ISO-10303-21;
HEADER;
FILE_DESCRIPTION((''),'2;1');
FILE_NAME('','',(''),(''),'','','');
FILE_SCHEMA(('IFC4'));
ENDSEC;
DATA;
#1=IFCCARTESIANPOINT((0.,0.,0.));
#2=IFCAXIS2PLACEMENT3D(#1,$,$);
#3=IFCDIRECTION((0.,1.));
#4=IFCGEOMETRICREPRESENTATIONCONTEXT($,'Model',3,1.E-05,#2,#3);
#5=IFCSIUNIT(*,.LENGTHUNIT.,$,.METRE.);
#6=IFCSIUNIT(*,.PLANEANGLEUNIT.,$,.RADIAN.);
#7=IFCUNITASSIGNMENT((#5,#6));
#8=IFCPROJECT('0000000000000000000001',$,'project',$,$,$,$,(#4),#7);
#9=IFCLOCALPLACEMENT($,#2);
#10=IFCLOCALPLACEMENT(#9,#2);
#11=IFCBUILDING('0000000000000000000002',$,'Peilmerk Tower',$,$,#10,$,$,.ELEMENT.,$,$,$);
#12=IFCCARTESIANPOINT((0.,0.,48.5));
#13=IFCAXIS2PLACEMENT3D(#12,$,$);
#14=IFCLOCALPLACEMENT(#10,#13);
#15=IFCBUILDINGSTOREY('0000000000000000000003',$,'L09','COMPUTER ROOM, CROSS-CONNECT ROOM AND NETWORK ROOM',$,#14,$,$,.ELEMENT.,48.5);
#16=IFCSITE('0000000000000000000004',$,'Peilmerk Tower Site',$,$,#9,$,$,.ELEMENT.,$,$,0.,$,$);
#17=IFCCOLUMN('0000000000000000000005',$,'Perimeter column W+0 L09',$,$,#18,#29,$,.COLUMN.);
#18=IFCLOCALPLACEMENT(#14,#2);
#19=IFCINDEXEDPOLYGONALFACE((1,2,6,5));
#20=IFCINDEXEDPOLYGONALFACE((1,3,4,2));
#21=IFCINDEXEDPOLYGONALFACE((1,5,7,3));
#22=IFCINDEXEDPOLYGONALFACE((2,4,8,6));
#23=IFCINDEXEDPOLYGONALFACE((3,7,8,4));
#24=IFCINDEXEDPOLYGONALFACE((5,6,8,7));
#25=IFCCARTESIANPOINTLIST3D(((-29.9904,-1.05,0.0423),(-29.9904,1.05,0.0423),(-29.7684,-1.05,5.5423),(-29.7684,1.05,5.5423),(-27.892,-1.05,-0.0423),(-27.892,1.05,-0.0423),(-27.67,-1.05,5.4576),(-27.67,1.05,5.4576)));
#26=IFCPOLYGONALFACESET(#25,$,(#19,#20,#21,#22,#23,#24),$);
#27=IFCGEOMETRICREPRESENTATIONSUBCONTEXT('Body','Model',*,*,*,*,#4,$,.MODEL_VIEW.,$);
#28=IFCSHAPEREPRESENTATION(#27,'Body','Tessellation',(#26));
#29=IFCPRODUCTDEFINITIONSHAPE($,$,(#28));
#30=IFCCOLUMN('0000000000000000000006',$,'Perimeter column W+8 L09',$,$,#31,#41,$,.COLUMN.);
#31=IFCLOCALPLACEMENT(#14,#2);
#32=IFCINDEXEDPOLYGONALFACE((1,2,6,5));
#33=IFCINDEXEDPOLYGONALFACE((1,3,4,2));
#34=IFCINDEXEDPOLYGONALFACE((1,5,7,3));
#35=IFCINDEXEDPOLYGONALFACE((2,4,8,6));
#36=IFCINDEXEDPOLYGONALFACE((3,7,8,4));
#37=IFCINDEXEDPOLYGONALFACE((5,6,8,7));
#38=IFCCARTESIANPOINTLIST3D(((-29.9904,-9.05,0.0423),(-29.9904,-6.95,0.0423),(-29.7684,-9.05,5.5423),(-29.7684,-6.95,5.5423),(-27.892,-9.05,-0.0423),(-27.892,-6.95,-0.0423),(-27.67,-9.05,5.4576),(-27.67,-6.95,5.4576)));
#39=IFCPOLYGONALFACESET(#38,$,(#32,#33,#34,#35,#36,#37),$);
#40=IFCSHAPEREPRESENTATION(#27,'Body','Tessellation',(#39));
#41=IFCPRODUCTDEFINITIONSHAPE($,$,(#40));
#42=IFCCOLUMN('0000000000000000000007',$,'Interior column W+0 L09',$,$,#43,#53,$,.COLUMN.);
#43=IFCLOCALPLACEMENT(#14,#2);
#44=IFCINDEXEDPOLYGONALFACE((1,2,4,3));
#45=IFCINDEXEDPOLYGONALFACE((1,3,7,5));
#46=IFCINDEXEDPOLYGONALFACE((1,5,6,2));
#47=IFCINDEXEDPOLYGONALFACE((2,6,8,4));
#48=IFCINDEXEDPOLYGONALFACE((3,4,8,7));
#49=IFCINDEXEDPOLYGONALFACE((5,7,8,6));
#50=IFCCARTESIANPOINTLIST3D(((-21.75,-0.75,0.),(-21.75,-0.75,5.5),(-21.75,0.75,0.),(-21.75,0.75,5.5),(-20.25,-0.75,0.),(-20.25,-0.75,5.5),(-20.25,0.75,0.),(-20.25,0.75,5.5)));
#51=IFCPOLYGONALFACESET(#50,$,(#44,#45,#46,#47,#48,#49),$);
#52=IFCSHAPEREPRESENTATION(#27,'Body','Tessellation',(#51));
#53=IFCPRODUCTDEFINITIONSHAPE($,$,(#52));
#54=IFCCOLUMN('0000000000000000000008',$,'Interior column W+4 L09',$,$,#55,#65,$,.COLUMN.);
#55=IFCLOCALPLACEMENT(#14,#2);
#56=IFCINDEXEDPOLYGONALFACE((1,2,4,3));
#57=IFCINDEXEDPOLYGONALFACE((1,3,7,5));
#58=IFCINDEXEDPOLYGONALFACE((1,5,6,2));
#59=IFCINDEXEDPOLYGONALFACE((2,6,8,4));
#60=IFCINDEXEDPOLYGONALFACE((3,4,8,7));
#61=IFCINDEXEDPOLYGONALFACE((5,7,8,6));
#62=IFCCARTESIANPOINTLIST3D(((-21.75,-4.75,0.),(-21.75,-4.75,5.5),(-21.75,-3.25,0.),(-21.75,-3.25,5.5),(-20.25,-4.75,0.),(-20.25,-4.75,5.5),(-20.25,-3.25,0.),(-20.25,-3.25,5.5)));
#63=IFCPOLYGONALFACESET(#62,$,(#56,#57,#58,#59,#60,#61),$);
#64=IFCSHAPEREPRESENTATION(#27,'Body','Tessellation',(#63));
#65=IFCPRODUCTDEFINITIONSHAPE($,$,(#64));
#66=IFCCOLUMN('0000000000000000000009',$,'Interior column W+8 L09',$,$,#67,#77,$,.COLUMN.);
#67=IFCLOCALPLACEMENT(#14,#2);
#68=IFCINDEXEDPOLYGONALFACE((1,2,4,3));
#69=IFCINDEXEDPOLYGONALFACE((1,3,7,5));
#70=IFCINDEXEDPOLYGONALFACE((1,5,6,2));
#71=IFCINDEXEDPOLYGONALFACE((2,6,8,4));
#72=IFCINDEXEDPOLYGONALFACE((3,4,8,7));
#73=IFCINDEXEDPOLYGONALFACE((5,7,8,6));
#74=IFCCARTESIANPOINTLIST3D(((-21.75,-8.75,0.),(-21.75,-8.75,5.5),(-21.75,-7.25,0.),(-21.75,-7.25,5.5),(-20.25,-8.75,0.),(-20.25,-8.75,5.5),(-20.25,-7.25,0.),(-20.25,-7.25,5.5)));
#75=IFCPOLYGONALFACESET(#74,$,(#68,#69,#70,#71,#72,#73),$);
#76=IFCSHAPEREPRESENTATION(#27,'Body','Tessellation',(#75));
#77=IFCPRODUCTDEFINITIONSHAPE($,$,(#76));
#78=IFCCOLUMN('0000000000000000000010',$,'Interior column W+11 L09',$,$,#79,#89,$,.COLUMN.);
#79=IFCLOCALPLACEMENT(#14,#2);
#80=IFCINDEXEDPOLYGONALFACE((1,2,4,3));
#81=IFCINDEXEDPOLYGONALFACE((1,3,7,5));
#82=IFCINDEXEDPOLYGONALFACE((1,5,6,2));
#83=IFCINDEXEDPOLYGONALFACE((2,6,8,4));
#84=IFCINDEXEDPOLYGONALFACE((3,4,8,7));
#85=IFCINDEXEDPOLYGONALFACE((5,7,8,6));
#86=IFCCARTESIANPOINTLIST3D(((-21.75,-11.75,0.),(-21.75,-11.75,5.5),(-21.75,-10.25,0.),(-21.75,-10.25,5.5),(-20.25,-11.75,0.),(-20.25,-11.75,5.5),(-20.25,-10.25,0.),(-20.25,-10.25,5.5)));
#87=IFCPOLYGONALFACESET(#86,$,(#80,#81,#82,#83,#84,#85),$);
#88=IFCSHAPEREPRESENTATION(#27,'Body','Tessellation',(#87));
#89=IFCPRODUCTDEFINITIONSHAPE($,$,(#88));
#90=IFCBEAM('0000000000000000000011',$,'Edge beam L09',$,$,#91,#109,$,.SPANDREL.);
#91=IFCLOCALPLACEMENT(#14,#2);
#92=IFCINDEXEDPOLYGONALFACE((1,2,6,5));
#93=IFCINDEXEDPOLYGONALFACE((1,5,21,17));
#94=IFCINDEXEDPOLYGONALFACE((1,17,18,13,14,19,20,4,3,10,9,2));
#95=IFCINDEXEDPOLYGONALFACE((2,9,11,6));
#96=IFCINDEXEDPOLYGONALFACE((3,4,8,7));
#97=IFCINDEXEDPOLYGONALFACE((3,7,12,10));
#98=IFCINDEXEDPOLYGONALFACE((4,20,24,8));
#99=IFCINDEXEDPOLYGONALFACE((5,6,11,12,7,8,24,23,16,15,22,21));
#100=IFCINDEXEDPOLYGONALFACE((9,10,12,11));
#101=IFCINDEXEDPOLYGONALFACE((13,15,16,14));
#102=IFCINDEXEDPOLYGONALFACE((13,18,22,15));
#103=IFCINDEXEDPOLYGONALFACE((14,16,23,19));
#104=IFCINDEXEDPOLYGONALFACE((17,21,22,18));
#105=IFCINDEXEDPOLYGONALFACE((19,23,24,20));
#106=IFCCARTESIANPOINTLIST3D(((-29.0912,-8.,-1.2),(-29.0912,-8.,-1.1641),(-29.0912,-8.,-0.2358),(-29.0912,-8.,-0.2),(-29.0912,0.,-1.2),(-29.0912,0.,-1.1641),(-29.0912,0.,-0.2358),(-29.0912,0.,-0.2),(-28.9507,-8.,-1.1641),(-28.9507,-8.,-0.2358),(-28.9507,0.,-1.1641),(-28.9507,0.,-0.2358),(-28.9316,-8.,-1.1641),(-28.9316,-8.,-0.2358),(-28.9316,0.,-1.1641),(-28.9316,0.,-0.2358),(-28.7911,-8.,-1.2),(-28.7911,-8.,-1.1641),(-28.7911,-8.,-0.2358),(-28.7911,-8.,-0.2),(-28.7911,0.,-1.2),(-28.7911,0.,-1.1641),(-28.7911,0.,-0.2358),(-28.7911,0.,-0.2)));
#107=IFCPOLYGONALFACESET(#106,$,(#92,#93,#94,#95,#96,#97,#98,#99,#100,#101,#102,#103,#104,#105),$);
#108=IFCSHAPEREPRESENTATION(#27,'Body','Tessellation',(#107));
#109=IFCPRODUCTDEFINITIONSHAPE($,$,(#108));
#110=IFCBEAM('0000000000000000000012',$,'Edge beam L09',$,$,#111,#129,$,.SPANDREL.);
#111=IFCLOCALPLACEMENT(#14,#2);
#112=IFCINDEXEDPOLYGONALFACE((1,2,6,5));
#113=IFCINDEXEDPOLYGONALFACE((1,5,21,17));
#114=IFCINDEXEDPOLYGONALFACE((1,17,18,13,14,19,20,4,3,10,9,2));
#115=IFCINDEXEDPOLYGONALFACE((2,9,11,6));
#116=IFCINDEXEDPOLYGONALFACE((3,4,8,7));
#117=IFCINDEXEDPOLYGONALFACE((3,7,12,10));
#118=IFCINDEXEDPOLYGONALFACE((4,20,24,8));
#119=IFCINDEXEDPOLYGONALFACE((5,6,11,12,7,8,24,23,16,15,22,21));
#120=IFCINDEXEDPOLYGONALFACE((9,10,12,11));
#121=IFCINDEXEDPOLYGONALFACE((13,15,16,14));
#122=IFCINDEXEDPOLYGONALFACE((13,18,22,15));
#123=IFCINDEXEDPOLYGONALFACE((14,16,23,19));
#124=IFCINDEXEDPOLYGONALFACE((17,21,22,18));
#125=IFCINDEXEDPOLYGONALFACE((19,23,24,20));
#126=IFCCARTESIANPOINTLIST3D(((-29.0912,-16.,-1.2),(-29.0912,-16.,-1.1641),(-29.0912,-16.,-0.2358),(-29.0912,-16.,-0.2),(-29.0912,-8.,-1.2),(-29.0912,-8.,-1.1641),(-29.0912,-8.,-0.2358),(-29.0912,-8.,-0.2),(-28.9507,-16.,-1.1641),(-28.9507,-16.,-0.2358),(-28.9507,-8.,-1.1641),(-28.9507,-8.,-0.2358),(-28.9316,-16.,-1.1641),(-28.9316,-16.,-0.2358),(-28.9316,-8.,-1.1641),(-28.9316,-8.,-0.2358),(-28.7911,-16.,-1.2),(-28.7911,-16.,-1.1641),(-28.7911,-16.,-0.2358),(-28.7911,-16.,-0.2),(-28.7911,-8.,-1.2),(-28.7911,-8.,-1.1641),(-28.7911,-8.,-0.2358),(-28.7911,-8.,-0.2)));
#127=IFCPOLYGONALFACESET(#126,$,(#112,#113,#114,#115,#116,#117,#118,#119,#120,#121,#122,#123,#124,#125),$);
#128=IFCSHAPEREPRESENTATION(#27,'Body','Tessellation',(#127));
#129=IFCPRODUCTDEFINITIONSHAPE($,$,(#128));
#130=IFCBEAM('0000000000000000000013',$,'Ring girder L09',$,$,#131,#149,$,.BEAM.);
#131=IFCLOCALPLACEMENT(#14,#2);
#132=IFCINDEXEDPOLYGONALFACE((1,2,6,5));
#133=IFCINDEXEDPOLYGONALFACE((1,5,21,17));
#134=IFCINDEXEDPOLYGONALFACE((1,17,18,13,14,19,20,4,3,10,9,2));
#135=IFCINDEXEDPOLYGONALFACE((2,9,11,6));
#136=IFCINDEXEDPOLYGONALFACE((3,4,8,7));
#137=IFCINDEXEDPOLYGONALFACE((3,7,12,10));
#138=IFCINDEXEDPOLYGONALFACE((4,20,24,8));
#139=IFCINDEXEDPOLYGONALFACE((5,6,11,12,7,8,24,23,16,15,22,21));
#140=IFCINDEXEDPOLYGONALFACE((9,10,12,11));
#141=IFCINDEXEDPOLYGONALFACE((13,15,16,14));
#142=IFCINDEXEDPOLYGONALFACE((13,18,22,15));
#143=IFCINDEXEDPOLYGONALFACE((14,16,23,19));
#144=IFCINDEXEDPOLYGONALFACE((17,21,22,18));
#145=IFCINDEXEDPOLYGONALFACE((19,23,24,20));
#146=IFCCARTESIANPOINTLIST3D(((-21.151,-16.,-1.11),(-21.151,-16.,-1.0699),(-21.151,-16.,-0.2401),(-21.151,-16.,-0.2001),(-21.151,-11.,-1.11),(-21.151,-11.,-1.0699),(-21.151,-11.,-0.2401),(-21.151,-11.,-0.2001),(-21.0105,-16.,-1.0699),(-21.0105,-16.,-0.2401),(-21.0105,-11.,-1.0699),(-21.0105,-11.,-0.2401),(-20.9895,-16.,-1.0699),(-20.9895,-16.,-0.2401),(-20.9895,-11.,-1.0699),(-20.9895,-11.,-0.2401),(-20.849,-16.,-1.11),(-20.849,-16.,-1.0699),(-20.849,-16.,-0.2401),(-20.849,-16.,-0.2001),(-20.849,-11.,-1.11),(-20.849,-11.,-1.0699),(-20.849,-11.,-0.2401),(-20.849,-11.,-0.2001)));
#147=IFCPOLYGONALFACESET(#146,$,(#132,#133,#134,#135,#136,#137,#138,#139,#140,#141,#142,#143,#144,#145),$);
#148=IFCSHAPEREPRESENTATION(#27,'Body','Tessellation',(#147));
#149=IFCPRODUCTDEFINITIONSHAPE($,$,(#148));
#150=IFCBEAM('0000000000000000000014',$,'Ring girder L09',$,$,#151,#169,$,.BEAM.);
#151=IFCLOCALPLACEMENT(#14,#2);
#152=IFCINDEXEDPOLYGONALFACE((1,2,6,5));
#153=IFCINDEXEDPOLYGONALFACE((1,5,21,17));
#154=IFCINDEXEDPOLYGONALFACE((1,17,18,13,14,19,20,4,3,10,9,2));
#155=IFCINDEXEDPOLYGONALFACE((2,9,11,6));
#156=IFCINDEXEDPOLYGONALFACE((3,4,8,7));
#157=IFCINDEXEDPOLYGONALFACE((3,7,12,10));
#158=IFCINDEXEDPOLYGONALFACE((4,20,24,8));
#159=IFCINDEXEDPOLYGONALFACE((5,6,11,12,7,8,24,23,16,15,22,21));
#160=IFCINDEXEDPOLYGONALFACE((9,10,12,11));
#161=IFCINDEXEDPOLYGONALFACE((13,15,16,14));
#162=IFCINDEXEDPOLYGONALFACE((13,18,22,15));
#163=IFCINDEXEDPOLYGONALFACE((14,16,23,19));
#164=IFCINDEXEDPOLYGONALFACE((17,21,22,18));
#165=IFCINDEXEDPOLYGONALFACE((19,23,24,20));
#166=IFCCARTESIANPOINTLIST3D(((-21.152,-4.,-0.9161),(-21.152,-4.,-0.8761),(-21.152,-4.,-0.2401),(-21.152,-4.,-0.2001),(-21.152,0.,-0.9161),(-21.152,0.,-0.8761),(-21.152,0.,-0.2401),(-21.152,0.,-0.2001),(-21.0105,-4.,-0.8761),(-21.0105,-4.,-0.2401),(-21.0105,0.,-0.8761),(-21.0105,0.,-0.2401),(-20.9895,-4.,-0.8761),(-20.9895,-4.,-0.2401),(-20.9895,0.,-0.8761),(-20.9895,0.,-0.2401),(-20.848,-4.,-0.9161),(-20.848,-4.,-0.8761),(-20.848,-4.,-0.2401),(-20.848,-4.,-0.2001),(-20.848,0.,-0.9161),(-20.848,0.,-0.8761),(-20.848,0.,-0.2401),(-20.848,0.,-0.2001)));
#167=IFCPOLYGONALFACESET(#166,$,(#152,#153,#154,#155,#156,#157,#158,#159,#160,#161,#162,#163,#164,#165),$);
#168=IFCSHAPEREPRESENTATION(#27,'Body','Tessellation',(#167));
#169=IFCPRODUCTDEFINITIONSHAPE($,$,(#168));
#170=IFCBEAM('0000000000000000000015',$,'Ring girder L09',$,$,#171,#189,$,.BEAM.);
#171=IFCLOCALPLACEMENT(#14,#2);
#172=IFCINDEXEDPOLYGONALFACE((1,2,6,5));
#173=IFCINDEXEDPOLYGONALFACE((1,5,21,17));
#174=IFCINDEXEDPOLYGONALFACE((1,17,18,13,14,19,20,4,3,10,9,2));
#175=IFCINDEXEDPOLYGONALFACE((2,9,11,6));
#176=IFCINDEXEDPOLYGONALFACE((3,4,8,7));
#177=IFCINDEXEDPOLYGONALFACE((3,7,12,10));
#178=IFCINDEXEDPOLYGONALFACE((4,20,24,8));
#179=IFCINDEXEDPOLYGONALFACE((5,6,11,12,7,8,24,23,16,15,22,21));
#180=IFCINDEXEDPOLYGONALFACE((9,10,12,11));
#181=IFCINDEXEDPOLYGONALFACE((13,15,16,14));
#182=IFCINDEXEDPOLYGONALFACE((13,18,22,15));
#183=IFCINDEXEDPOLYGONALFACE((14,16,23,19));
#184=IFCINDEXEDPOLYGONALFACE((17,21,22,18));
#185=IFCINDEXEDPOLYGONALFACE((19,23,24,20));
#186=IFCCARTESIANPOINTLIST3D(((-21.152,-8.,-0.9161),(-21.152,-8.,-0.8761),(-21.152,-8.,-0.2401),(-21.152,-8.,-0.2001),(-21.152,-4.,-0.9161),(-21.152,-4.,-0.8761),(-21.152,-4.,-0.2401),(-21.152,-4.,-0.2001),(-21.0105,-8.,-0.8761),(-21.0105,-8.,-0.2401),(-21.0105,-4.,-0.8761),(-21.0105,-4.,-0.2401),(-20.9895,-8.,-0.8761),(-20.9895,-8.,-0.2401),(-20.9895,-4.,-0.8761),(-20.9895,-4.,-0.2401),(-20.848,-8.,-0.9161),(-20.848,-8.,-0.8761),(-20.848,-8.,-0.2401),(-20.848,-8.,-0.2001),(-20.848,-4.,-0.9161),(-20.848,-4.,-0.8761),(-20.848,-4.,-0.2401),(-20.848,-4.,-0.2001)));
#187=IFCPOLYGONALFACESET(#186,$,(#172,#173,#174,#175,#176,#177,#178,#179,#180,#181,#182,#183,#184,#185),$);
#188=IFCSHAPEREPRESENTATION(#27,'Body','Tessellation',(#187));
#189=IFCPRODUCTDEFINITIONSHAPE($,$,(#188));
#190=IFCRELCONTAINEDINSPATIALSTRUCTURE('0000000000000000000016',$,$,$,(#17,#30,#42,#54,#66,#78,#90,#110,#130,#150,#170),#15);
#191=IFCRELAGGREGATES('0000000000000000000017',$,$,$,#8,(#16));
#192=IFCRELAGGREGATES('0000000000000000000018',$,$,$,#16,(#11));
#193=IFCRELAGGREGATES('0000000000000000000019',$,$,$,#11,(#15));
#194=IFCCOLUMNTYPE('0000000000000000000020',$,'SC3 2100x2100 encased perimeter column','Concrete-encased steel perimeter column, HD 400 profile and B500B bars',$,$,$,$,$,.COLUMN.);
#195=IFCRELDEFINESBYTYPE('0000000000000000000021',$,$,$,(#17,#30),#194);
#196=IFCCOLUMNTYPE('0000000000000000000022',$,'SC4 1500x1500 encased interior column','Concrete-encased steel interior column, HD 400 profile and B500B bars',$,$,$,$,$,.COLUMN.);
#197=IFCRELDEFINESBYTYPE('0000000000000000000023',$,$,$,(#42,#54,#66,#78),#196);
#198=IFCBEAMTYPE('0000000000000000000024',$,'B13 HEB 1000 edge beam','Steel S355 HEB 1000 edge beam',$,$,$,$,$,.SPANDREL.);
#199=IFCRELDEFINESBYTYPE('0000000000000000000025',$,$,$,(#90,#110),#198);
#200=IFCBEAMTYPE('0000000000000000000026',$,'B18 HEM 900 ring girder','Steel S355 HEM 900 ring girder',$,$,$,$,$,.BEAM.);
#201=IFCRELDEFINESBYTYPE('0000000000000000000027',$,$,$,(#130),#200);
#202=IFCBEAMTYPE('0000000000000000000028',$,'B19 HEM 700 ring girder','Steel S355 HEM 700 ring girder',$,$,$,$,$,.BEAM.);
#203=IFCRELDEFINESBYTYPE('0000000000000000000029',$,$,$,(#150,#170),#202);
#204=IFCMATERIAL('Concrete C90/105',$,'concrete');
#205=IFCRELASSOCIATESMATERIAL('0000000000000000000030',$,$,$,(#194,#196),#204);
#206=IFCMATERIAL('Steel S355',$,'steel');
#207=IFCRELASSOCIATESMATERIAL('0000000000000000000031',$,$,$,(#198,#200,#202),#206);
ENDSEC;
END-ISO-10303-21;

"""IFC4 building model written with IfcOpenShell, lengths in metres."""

from ifc_helpers import new_model, si_unit, direction, frame, origin, origin_2d, place, context, subcontext, project, spatial, rectangle, i_section, extrude, material, material_profile, profile_set, type_object, element, save


model = new_model("IFC4")

# Units and contexts
model_context = context("Model", 3, precision=1e-05, world=origin(), true_north=direction((0.0, 1.0)))
body_context = subcontext(model_context, "Body", "Model", "MODEL_VIEW")
ifc_project = project(units=[si_unit("LENGTHUNIT", "METRE"), si_unit("PLANEANGLEUNIT", "RADIAN")], contexts=[model_context])

# Site, building, storey
site_placement = place(None, origin())
site = spatial("IfcSite", under=ifc_project, at=site_placement, Name="Peilmerk Tower Site", CompositionType="ELEMENT", RefElevation=0.0)
building_placement = place(site_placement, origin())
building = spatial("IfcBuilding", under=site, at=building_placement, Name="Peilmerk Tower", CompositionType="ELEMENT")
storey_placement = place(building_placement, frame((0.0, 0.0, 48.5)))
storey = spatial("IfcBuildingStorey", under=building, at=storey_placement, Name="L09", Description="COMPUTER ROOM, CROSS-CONNECT ROOM AND NETWORK ROOM", CompositionType="ELEMENT", Elevation=48.5)

# Columns
ifc_material_1 = material(Name="Concrete C90/105", Category="concrete")
ifc_material_profile_1 = material_profile(ifc_material_1, rectangle(XDim=2.1001, YDim=2.1001, at=origin_2d()), Name="RC 2100x2100")
ifc_profile_set_1 = profile_set([ifc_material_profile_1], Name="Concrete C90/105")
column_type_1 = type_object("IfcColumnType", Name="SC3 2100x2100 encased perimeter column", Description="Concrete-encased steel perimeter column, HD 400 profile and B500B bars", PredefinedType="COLUMN", material=ifc_profile_set_1)
for number, where, z_axis, x_axis, name in (
    (1, (-28.9412, 0.0, 0.0), (0.040317, 0.0, 0.999187), (0.0, 1.0, 0.0), "Perimeter column W+0 L09"),
    (2, (-28.9412, -8.0, 0.0), (0.040317, 0.0, 0.999187), (0.0, 1.0, 0.0), "Perimeter column W+8 L09"),
):
    element("IfcColumn", number, at=place(storey_placement, frame(where, z_axis=z_axis, x_axis=x_axis)), inside=storey, type_object=column_type_1, Name=name, PredefinedType="COLUMN", context=body_context, shape_type="SweptSolid", body=[
        extrude(rectangle(XDim=2.1001, YDim=2.1001, at=origin_2d()), origin(), (0.0, 0.0, 1.0), 5.5044),
    ])
ifc_material_profile_2 = material_profile(ifc_material_1, rectangle(XDim=1.5, YDim=1.5, at=origin_2d()), Name="RC 1500x1500")
ifc_profile_set_2 = profile_set([ifc_material_profile_2], Name="Concrete C90/105")
column_type_2 = type_object("IfcColumnType", Name="SC4 1500x1500 encased interior column", Description="Concrete-encased steel interior column, HD 400 profile and B500B bars", PredefinedType="COLUMN", material=ifc_profile_set_2)
for number, where, z_axis, x_axis, name in (
    (3, (-21.0, 0.0, 0.0), (0.0, 0.0, 1.0), (1.0, 0.0, 0.0), "Interior column W+0 L09"),
    (4, (-21.0, -4.0, 0.0), (0.0, 0.0, 1.0), (1.0, 0.0, 0.0), "Interior column W+4 L09"),
    (5, (-21.0, -8.0, 0.0), (0.0, 0.0, 1.0), (1.0, 0.0, 0.0), "Interior column W+8 L09"),
    (6, (-21.0, -11.0, 0.0), (0.0, 0.0, 1.0), (1.0, 0.0, 0.0), "Interior column W+11 L09"),
):
    element("IfcColumn", number, at=place(storey_placement, frame(where, z_axis=z_axis, x_axis=x_axis)), inside=storey, type_object=column_type_2, Name=name, PredefinedType="COLUMN", context=body_context, shape_type="SweptSolid", body=[
        extrude(rectangle(XDim=1.5, YDim=1.5, at=origin_2d()), origin(), (0.0, 0.0, 1.0), 5.5),
    ])

# Beams
ifc_material_2 = material(Name="Steel S355", Category="steel")
ifc_material_profile_3 = material_profile(ifc_material_2, i_section(OverallWidth=0.3, OverallDepth=1.0, WebThickness=0.019, FlangeThickness=0.0359, at=origin_2d()), Name="HEB 1000")
ifc_profile_set_3 = profile_set([ifc_material_profile_3], Name="Steel S355")
beam_type_1 = type_object("IfcBeamType", Name="B13 HEB 1000 edge beam", Description="Steel S355 HEB 1000 edge beam", PredefinedType="SPANDREL", material=ifc_profile_set_3)
for number, where, z_axis, x_axis, name in (
    (7, (-28.9412, 0.0, -0.7), (0.0, -1.0, 0.0), (1.0, 0.0, 0.0), "Edge beam L09"),
    (8, (-28.9412, -8.0, -0.7), (0.0, -1.0, 0.0), (1.0, 0.0, 0.0), "Edge beam L09"),
):
    element("IfcBeam", number, at=place(storey_placement, frame(where, z_axis=z_axis, x_axis=x_axis)), inside=storey, type_object=beam_type_1, Name=name, PredefinedType="SPANDREL", context=body_context, shape_type="SweptSolid", body=[
        extrude(i_section(OverallWidth=0.3, OverallDepth=1.0, WebThickness=0.019, FlangeThickness=0.0359, at=origin_2d()), origin(), (0.0, 0.0, 1.0), 8.0),
    ])
ifc_material_profile_4 = material_profile(ifc_material_2, i_section(OverallWidth=0.302, OverallDepth=0.9099, WebThickness=0.021, FlangeThickness=0.04, at=origin_2d()), Name="HEM 900")
ifc_profile_set_4 = profile_set([ifc_material_profile_4], Name="Steel S355")
beam_type_2 = type_object("IfcBeamType", Name="B18 HEM 900 ring girder", Description="Steel S355 HEM 900 ring girder", PredefinedType="BEAM", material=ifc_profile_set_4)
beam_1_placement = place(storey_placement, frame((-21.0, -11.0, -0.655), z_axis=(0.0, -1.0, 0.0), x_axis=(1.0, 0.0, 0.0)))
element("IfcBeam", 9, at=beam_1_placement, inside=storey, type_object=beam_type_2, Name="Ring girder L09", PredefinedType="BEAM", context=body_context, shape_type="SweptSolid", body=[
    extrude(i_section(OverallWidth=0.302, OverallDepth=0.9099, WebThickness=0.021, FlangeThickness=0.04, at=origin_2d()), origin(), (0.0, 0.0, 1.0), 5.0),
])
ifc_material_profile_5 = material_profile(ifc_material_2, i_section(OverallWidth=0.304, OverallDepth=0.7161, WebThickness=0.021, FlangeThickness=0.04, at=origin_2d()), Name="HEM 700")
ifc_profile_set_5 = profile_set([ifc_material_profile_5], Name="Steel S355")
beam_type_3 = type_object("IfcBeamType", Name="B19 HEM 700 ring girder", Description="Steel S355 HEM 700 ring girder", PredefinedType="BEAM", material=ifc_profile_set_5)
for number, where, z_axis, x_axis, name in (
    (10, (-21.0, 0.0, -0.5581), (0.0, -1.0, 0.0), (1.0, 0.0, 0.0), "Ring girder L09"),
    (11, (-21.0, -4.0, -0.5581), (0.0, -1.0, 0.0), (1.0, 0.0, 0.0), "Ring girder L09"),
):
    element("IfcBeam", number, at=place(storey_placement, frame(where, z_axis=z_axis, x_axis=x_axis)), inside=storey, type_object=beam_type_3, Name=name, PredefinedType="BEAM", context=body_context, shape_type="SweptSolid", body=[
        extrude(i_section(OverallWidth=0.304, OverallDepth=0.7161, WebThickness=0.021, FlangeThickness=0.04, at=origin_2d()), origin(), (0.0, 0.0, 1.0), 4.0),
    ])

save(model, "model.ifc")
